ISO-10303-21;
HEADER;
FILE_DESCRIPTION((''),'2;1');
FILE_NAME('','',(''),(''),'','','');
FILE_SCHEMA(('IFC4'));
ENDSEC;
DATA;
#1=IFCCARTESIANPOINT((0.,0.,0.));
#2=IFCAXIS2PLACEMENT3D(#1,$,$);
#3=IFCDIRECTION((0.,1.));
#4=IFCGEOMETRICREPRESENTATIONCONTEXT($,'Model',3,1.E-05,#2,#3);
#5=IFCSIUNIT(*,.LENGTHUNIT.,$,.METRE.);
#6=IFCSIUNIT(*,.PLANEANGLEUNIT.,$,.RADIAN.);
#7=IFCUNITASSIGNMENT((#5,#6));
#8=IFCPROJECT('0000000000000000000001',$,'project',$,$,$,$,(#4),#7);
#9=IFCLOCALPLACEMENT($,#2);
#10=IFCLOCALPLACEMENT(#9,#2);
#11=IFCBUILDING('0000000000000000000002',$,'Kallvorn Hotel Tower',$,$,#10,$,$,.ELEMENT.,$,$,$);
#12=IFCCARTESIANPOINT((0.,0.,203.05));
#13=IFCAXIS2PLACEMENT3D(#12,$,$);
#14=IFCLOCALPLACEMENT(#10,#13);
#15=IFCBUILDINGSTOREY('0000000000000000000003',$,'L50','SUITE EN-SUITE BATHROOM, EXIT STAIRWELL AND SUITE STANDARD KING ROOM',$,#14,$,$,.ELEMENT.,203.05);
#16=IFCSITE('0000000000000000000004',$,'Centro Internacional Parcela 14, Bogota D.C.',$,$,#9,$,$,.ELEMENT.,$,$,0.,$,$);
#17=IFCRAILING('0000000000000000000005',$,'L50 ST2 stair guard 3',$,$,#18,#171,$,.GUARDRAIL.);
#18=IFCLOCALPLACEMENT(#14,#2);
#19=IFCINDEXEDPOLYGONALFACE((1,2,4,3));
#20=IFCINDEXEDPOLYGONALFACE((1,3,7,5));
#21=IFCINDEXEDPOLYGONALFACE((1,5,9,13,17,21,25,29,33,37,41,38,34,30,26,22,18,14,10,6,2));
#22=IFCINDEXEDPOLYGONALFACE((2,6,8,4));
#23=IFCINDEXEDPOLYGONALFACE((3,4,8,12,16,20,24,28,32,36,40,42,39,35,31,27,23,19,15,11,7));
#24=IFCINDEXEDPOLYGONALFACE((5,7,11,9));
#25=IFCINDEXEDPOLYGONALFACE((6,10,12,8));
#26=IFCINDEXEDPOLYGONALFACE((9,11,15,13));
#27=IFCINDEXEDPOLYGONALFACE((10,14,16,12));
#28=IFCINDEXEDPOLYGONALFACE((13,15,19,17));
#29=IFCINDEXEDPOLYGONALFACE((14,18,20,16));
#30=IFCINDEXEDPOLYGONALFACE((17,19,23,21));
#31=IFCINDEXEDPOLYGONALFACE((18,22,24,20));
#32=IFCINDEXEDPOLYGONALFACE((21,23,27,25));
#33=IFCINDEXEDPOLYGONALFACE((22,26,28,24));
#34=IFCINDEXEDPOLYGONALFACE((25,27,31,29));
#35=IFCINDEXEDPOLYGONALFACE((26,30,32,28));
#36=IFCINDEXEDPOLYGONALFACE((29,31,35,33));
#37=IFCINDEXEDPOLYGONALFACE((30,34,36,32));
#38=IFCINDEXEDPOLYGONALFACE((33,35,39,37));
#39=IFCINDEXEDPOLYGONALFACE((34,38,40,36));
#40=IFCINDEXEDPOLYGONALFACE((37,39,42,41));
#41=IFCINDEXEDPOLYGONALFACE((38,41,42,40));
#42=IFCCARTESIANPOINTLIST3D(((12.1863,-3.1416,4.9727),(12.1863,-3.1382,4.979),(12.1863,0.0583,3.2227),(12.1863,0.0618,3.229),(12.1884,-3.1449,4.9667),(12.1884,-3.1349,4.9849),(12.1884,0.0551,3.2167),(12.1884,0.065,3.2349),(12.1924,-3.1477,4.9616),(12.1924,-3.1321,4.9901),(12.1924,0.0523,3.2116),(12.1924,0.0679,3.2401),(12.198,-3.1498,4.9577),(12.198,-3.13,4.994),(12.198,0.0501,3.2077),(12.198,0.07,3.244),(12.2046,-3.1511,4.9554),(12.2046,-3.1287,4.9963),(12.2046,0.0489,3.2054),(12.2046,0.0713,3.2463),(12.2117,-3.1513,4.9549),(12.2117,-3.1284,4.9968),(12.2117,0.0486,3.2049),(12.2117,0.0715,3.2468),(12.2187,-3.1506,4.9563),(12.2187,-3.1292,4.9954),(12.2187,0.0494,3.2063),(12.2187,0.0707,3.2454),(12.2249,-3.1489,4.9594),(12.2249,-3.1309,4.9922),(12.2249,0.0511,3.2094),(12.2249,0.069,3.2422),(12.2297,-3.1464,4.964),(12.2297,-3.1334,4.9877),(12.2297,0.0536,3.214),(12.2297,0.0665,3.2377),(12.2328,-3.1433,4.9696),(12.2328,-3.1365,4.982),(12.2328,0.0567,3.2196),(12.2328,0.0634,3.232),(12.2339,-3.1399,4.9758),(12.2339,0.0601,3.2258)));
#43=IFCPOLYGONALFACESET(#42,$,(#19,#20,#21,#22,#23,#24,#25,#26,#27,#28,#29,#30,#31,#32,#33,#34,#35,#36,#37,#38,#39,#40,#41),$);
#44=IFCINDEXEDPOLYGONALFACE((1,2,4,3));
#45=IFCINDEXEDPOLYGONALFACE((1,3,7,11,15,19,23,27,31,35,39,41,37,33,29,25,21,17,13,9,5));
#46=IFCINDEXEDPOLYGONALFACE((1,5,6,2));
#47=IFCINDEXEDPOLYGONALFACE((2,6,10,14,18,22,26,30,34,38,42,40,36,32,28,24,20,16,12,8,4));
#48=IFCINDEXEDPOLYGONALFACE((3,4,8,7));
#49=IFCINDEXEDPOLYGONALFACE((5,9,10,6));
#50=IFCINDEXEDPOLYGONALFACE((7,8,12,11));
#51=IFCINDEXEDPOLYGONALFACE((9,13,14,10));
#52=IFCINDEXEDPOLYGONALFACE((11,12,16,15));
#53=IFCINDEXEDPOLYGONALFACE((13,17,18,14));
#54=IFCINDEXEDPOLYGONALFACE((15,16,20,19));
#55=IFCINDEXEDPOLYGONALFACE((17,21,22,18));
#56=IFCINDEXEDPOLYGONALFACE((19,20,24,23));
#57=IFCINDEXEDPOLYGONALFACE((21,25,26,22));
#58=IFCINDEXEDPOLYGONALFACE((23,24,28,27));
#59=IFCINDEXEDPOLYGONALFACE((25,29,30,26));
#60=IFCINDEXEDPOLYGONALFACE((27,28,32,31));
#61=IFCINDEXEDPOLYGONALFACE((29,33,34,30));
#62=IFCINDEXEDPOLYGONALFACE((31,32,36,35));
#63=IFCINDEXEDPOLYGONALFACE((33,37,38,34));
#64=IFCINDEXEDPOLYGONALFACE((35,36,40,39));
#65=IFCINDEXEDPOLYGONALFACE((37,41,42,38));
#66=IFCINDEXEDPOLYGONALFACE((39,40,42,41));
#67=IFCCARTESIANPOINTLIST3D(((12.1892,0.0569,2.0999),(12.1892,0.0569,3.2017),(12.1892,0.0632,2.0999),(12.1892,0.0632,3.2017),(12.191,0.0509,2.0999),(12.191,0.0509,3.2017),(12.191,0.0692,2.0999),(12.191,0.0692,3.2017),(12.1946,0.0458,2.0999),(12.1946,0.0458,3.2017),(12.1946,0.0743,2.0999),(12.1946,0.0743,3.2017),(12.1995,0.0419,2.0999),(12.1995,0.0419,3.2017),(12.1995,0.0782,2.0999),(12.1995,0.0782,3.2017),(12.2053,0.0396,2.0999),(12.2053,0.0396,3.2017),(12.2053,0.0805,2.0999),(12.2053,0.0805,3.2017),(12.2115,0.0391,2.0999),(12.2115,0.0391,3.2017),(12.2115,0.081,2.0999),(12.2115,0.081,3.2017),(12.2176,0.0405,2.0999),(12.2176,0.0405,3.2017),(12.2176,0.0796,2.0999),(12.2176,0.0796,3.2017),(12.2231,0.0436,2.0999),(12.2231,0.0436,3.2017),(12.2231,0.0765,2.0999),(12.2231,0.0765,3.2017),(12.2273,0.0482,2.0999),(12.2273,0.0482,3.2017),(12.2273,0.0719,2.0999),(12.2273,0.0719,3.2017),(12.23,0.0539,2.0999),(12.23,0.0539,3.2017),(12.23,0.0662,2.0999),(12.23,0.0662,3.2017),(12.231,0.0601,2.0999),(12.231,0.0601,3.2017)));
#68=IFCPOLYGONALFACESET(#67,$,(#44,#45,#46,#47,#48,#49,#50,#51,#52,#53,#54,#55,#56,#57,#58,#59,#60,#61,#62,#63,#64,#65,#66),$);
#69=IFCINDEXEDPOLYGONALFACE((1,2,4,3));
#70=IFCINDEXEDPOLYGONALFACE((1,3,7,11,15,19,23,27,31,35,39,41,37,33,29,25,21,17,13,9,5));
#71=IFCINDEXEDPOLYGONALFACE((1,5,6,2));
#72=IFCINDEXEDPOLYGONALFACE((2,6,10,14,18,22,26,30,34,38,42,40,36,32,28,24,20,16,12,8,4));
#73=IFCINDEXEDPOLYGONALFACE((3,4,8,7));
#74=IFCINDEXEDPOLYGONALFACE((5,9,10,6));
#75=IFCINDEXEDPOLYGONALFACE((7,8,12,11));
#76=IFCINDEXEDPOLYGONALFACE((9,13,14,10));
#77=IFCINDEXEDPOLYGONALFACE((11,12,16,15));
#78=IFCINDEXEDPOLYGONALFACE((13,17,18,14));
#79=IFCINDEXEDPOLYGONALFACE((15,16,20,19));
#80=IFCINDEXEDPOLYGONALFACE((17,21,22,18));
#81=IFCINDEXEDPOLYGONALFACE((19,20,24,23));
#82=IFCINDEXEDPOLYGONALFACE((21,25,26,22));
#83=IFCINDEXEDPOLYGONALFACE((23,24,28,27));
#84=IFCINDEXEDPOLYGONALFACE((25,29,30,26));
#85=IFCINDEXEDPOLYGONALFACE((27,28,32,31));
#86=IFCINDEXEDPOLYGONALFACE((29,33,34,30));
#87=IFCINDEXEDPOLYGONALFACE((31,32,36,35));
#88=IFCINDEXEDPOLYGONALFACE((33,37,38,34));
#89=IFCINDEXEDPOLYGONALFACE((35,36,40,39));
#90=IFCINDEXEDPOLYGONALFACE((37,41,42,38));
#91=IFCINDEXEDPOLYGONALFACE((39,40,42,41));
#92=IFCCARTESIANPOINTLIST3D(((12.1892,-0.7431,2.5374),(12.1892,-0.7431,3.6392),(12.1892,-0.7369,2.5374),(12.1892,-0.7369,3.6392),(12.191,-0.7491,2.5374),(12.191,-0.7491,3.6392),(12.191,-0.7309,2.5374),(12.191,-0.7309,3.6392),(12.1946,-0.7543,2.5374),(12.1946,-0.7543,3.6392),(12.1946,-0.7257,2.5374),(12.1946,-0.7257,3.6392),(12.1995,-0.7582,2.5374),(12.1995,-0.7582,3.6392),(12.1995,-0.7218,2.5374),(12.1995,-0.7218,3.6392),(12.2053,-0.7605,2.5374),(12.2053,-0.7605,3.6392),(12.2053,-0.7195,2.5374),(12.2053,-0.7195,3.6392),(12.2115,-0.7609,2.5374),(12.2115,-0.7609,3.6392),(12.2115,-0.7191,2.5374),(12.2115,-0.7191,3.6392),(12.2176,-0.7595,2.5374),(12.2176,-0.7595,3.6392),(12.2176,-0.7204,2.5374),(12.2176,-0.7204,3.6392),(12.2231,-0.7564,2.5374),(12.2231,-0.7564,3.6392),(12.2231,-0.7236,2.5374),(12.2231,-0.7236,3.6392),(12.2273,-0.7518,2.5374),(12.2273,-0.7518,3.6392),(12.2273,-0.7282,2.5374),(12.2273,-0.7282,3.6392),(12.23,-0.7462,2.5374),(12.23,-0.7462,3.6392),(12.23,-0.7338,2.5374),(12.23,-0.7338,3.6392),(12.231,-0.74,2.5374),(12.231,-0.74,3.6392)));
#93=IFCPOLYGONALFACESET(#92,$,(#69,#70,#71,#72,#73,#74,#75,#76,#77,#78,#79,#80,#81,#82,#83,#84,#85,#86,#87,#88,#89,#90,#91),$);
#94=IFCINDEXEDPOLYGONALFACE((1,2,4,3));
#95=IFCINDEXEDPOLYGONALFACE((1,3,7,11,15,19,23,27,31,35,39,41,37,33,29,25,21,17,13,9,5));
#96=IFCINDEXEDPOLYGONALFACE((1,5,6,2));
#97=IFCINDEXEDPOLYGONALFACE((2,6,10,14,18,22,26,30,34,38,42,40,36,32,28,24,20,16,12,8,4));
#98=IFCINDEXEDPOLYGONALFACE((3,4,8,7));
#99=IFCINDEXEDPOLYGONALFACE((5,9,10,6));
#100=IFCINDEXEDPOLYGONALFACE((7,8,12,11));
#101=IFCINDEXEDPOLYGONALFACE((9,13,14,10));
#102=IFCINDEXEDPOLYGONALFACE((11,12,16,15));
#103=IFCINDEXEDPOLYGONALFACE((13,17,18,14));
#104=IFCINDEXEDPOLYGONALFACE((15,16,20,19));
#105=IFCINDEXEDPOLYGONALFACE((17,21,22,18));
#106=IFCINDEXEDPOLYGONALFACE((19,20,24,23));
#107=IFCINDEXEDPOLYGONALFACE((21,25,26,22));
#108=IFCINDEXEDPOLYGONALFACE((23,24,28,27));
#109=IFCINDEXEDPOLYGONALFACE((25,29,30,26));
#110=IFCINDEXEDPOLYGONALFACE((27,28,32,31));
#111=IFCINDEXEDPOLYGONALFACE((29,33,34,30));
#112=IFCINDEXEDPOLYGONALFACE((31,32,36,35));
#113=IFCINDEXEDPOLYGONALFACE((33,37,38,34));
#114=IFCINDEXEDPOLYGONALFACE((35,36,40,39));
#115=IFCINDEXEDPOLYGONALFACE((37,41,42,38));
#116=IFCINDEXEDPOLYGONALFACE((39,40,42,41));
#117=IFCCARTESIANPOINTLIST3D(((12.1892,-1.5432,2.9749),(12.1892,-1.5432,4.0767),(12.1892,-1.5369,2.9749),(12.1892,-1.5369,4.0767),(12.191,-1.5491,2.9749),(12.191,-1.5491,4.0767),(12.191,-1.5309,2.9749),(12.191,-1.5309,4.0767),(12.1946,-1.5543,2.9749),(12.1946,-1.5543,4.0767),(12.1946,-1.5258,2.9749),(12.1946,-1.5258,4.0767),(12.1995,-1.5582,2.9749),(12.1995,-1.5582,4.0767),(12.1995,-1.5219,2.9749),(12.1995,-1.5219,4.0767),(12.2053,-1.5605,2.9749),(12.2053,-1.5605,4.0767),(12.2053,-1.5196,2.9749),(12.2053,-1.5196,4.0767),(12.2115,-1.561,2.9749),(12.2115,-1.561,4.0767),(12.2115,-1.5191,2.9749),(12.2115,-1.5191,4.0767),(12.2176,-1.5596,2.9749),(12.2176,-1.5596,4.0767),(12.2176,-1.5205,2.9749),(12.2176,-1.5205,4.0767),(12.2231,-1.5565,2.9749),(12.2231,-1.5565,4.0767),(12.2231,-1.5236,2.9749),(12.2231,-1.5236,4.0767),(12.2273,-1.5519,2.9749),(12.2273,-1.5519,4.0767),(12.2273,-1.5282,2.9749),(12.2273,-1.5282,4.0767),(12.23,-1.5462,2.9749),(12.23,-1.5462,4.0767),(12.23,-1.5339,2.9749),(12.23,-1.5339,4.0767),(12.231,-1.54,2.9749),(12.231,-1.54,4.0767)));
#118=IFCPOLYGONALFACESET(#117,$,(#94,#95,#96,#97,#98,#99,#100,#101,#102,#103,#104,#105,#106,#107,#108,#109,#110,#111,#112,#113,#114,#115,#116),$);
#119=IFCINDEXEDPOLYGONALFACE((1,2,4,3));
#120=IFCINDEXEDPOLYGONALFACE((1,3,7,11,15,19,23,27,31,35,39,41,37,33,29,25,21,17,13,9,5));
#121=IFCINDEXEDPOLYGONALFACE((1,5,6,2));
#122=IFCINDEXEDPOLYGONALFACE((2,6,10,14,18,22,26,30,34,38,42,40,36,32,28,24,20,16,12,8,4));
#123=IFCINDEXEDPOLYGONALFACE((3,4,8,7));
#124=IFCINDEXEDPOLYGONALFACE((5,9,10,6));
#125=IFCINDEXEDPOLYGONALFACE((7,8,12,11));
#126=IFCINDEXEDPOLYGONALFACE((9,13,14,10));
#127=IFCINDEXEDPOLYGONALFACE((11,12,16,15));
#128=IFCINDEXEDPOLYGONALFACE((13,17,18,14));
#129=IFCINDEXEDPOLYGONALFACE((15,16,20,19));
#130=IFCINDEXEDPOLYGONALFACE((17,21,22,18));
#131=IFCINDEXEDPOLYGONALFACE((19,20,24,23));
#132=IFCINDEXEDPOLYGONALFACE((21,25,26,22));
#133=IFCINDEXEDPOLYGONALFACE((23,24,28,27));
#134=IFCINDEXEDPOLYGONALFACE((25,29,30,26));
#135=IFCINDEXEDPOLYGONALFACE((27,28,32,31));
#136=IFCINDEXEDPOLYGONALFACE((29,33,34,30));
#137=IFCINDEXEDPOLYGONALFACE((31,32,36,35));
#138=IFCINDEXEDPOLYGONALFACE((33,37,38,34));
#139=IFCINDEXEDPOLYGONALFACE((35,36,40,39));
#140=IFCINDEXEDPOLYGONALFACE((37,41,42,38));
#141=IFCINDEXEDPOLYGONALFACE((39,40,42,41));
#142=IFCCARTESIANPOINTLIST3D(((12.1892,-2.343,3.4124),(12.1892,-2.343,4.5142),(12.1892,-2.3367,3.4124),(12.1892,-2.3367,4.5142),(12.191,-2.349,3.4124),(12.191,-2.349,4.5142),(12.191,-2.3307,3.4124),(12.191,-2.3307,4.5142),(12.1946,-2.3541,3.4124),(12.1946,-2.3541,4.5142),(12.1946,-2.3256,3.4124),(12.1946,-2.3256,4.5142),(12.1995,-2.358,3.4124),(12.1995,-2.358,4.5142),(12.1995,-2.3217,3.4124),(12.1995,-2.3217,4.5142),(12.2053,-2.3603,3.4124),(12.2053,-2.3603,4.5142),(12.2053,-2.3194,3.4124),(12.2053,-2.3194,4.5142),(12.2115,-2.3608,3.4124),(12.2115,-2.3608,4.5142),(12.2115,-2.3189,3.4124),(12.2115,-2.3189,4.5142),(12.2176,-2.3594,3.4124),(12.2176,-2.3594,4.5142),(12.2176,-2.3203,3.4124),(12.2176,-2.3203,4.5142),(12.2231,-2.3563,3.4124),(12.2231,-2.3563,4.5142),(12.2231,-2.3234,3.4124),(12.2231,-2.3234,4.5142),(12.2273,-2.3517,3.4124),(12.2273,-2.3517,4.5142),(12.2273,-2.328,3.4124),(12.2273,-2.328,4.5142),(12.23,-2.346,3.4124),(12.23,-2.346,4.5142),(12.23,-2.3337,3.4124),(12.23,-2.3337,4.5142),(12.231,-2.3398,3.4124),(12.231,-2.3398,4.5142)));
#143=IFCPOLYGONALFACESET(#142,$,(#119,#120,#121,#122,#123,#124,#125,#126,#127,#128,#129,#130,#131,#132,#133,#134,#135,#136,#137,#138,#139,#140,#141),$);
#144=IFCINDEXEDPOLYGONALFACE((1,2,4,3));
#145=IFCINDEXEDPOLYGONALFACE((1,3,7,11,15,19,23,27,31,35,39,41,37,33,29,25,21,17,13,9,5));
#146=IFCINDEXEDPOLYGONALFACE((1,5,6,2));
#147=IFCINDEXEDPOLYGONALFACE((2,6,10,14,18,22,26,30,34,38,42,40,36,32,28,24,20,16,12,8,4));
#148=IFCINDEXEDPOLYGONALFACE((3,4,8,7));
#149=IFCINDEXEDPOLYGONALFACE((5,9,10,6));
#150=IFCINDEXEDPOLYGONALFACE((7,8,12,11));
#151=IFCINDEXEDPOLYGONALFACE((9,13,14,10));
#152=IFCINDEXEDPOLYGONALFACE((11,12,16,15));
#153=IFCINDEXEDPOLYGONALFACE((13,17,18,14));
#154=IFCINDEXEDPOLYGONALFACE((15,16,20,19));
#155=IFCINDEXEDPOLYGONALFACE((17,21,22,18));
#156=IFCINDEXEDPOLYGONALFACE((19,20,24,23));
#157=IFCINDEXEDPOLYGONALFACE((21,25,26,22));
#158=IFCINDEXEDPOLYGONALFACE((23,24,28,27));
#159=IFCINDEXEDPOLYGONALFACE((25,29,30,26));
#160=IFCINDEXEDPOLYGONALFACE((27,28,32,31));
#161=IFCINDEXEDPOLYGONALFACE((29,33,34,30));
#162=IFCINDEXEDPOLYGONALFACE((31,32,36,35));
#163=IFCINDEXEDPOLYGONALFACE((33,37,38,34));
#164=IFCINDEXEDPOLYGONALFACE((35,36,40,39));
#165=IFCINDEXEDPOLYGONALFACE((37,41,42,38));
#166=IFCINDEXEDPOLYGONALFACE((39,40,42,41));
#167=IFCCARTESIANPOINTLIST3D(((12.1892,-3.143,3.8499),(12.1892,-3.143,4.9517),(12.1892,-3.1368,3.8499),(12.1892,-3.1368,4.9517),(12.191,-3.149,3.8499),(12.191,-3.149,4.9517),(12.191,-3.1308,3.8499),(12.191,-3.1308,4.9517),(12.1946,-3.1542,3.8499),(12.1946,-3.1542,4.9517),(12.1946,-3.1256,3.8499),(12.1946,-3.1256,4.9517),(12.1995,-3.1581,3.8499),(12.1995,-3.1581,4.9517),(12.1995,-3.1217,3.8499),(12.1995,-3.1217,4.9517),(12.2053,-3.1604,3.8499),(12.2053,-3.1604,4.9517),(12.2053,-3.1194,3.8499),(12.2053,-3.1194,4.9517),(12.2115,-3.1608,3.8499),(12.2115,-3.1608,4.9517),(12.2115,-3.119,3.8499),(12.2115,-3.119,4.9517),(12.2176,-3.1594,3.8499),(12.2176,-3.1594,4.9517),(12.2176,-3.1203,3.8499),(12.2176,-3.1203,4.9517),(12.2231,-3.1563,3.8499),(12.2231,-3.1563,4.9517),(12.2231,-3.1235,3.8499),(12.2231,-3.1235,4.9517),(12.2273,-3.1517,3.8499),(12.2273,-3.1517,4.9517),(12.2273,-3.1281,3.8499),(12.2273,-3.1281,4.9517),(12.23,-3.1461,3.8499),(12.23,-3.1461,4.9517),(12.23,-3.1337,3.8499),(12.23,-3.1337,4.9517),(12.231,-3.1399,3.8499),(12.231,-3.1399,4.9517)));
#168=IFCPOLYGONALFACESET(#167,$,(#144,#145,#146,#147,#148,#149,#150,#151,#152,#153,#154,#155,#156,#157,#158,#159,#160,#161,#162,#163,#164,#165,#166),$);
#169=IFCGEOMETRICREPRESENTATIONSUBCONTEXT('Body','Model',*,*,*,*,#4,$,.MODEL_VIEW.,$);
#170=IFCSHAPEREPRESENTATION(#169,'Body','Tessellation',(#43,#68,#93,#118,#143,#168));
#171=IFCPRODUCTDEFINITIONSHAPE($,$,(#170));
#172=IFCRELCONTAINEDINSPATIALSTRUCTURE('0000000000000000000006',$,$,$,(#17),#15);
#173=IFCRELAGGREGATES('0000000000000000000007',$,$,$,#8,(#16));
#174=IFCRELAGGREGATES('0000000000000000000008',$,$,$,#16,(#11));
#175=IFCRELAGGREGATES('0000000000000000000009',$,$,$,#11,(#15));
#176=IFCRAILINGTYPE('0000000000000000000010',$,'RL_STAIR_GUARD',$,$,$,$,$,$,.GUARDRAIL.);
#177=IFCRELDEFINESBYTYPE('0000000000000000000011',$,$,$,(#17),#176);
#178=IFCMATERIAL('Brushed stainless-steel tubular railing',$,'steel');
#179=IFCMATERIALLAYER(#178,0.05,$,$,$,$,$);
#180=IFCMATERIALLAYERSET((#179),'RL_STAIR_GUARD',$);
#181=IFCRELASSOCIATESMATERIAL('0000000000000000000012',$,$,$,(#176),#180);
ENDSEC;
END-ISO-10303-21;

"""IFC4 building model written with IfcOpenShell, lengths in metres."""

from ifc_helpers import new_model, si_unit, direction, frame, origin, origin_2d, place, context, subcontext, project, spatial, circle, extrude, material, layer, layer_set, type_object, element, save


model = new_model("IFC4")

# Units and contexts
model_context = context("Model", 3, precision=1e-05, world=origin(), true_north=direction((0.0, 1.0)))
body_context = subcontext(model_context, "Body", "Model", "MODEL_VIEW")
ifc_project = project(units=[si_unit("LENGTHUNIT", "METRE"), si_unit("PLANEANGLEUNIT", "RADIAN")], contexts=[model_context])

# Site, building, storey
site_placement = place(None, origin())
site = spatial("IfcSite", under=ifc_project, at=site_placement, Name="Centro Internacional Parcela 14, Bogota D.C.", CompositionType="ELEMENT", RefElevation=0.0)
building_placement = place(site_placement, origin())
building = spatial("IfcBuilding", under=site, at=building_placement, Name="Kallvorn Hotel Tower", CompositionType="ELEMENT")
storey_placement = place(building_placement, frame((0.0, 0.0, 203.05)))
storey = spatial("IfcBuildingStorey", under=building, at=storey_placement, Name="L50", Description="SUITE EN-SUITE BATHROOM, EXIT STAIRWELL AND SUITE STANDARD KING ROOM", CompositionType="ELEMENT", Elevation=203.05)

# Railing
ifc_material_1 = material(Name="Brushed stainless-steel tubular railing", Category="steel")
ifc_layer_1 = layer(ifc_material_1, 0.05)
ifc_layer_set_1 = layer_set([ifc_layer_1], Name="RL_STAIR_GUARD")
railing_type_1 = type_object("IfcRailingType", Name="RL_STAIR_GUARD", PredefinedType="GUARDRAIL", material=ifc_layer_set_1)
railing_1_placement = place(storey_placement, frame((12.21, 0.0601, 2.0999)))
element("IfcRailing", 1, at=railing_1_placement, inside=storey, type_object=railing_type_1, Name="L50 ST2 stair guard 3", PredefinedType="GUARDRAIL", context=body_context, shape_type="SweptSolid", body=[
    extrude(circle(Radius=0.0239, at=origin_2d()), frame((0.0, 0.0, 1.126), z_axis=(0.0, -0.877368, 0.479818), x_axis=(1.0, 0.0, 0.0)), (0.0, 0.0, 1.0), 3.6472),
    extrude(circle(Radius=0.021, at=origin_2d()), origin(), (0.0, 0.0, 1.0), 1.1018),
    extrude(circle(Radius=0.021, at=origin_2d()), frame((0.0, -0.8, 0.4375)), (0.0, 0.0, 1.0), 1.1018),
    extrude(circle(Radius=0.021, at=origin_2d()), frame((0.0, -1.6001, 0.875)), (0.0, 0.0, 1.0), 1.1018),
    extrude(circle(Radius=0.021, at=origin_2d()), frame((0.0, -2.3999, 1.3125)), (0.0, 0.0, 1.0), 1.1018),
    extrude(circle(Radius=0.021, at=origin_2d()), frame((0.0, -3.2, 1.75)), (0.0, 0.0, 1.0), 1.1018),
])

save(model, "model.ifc")
